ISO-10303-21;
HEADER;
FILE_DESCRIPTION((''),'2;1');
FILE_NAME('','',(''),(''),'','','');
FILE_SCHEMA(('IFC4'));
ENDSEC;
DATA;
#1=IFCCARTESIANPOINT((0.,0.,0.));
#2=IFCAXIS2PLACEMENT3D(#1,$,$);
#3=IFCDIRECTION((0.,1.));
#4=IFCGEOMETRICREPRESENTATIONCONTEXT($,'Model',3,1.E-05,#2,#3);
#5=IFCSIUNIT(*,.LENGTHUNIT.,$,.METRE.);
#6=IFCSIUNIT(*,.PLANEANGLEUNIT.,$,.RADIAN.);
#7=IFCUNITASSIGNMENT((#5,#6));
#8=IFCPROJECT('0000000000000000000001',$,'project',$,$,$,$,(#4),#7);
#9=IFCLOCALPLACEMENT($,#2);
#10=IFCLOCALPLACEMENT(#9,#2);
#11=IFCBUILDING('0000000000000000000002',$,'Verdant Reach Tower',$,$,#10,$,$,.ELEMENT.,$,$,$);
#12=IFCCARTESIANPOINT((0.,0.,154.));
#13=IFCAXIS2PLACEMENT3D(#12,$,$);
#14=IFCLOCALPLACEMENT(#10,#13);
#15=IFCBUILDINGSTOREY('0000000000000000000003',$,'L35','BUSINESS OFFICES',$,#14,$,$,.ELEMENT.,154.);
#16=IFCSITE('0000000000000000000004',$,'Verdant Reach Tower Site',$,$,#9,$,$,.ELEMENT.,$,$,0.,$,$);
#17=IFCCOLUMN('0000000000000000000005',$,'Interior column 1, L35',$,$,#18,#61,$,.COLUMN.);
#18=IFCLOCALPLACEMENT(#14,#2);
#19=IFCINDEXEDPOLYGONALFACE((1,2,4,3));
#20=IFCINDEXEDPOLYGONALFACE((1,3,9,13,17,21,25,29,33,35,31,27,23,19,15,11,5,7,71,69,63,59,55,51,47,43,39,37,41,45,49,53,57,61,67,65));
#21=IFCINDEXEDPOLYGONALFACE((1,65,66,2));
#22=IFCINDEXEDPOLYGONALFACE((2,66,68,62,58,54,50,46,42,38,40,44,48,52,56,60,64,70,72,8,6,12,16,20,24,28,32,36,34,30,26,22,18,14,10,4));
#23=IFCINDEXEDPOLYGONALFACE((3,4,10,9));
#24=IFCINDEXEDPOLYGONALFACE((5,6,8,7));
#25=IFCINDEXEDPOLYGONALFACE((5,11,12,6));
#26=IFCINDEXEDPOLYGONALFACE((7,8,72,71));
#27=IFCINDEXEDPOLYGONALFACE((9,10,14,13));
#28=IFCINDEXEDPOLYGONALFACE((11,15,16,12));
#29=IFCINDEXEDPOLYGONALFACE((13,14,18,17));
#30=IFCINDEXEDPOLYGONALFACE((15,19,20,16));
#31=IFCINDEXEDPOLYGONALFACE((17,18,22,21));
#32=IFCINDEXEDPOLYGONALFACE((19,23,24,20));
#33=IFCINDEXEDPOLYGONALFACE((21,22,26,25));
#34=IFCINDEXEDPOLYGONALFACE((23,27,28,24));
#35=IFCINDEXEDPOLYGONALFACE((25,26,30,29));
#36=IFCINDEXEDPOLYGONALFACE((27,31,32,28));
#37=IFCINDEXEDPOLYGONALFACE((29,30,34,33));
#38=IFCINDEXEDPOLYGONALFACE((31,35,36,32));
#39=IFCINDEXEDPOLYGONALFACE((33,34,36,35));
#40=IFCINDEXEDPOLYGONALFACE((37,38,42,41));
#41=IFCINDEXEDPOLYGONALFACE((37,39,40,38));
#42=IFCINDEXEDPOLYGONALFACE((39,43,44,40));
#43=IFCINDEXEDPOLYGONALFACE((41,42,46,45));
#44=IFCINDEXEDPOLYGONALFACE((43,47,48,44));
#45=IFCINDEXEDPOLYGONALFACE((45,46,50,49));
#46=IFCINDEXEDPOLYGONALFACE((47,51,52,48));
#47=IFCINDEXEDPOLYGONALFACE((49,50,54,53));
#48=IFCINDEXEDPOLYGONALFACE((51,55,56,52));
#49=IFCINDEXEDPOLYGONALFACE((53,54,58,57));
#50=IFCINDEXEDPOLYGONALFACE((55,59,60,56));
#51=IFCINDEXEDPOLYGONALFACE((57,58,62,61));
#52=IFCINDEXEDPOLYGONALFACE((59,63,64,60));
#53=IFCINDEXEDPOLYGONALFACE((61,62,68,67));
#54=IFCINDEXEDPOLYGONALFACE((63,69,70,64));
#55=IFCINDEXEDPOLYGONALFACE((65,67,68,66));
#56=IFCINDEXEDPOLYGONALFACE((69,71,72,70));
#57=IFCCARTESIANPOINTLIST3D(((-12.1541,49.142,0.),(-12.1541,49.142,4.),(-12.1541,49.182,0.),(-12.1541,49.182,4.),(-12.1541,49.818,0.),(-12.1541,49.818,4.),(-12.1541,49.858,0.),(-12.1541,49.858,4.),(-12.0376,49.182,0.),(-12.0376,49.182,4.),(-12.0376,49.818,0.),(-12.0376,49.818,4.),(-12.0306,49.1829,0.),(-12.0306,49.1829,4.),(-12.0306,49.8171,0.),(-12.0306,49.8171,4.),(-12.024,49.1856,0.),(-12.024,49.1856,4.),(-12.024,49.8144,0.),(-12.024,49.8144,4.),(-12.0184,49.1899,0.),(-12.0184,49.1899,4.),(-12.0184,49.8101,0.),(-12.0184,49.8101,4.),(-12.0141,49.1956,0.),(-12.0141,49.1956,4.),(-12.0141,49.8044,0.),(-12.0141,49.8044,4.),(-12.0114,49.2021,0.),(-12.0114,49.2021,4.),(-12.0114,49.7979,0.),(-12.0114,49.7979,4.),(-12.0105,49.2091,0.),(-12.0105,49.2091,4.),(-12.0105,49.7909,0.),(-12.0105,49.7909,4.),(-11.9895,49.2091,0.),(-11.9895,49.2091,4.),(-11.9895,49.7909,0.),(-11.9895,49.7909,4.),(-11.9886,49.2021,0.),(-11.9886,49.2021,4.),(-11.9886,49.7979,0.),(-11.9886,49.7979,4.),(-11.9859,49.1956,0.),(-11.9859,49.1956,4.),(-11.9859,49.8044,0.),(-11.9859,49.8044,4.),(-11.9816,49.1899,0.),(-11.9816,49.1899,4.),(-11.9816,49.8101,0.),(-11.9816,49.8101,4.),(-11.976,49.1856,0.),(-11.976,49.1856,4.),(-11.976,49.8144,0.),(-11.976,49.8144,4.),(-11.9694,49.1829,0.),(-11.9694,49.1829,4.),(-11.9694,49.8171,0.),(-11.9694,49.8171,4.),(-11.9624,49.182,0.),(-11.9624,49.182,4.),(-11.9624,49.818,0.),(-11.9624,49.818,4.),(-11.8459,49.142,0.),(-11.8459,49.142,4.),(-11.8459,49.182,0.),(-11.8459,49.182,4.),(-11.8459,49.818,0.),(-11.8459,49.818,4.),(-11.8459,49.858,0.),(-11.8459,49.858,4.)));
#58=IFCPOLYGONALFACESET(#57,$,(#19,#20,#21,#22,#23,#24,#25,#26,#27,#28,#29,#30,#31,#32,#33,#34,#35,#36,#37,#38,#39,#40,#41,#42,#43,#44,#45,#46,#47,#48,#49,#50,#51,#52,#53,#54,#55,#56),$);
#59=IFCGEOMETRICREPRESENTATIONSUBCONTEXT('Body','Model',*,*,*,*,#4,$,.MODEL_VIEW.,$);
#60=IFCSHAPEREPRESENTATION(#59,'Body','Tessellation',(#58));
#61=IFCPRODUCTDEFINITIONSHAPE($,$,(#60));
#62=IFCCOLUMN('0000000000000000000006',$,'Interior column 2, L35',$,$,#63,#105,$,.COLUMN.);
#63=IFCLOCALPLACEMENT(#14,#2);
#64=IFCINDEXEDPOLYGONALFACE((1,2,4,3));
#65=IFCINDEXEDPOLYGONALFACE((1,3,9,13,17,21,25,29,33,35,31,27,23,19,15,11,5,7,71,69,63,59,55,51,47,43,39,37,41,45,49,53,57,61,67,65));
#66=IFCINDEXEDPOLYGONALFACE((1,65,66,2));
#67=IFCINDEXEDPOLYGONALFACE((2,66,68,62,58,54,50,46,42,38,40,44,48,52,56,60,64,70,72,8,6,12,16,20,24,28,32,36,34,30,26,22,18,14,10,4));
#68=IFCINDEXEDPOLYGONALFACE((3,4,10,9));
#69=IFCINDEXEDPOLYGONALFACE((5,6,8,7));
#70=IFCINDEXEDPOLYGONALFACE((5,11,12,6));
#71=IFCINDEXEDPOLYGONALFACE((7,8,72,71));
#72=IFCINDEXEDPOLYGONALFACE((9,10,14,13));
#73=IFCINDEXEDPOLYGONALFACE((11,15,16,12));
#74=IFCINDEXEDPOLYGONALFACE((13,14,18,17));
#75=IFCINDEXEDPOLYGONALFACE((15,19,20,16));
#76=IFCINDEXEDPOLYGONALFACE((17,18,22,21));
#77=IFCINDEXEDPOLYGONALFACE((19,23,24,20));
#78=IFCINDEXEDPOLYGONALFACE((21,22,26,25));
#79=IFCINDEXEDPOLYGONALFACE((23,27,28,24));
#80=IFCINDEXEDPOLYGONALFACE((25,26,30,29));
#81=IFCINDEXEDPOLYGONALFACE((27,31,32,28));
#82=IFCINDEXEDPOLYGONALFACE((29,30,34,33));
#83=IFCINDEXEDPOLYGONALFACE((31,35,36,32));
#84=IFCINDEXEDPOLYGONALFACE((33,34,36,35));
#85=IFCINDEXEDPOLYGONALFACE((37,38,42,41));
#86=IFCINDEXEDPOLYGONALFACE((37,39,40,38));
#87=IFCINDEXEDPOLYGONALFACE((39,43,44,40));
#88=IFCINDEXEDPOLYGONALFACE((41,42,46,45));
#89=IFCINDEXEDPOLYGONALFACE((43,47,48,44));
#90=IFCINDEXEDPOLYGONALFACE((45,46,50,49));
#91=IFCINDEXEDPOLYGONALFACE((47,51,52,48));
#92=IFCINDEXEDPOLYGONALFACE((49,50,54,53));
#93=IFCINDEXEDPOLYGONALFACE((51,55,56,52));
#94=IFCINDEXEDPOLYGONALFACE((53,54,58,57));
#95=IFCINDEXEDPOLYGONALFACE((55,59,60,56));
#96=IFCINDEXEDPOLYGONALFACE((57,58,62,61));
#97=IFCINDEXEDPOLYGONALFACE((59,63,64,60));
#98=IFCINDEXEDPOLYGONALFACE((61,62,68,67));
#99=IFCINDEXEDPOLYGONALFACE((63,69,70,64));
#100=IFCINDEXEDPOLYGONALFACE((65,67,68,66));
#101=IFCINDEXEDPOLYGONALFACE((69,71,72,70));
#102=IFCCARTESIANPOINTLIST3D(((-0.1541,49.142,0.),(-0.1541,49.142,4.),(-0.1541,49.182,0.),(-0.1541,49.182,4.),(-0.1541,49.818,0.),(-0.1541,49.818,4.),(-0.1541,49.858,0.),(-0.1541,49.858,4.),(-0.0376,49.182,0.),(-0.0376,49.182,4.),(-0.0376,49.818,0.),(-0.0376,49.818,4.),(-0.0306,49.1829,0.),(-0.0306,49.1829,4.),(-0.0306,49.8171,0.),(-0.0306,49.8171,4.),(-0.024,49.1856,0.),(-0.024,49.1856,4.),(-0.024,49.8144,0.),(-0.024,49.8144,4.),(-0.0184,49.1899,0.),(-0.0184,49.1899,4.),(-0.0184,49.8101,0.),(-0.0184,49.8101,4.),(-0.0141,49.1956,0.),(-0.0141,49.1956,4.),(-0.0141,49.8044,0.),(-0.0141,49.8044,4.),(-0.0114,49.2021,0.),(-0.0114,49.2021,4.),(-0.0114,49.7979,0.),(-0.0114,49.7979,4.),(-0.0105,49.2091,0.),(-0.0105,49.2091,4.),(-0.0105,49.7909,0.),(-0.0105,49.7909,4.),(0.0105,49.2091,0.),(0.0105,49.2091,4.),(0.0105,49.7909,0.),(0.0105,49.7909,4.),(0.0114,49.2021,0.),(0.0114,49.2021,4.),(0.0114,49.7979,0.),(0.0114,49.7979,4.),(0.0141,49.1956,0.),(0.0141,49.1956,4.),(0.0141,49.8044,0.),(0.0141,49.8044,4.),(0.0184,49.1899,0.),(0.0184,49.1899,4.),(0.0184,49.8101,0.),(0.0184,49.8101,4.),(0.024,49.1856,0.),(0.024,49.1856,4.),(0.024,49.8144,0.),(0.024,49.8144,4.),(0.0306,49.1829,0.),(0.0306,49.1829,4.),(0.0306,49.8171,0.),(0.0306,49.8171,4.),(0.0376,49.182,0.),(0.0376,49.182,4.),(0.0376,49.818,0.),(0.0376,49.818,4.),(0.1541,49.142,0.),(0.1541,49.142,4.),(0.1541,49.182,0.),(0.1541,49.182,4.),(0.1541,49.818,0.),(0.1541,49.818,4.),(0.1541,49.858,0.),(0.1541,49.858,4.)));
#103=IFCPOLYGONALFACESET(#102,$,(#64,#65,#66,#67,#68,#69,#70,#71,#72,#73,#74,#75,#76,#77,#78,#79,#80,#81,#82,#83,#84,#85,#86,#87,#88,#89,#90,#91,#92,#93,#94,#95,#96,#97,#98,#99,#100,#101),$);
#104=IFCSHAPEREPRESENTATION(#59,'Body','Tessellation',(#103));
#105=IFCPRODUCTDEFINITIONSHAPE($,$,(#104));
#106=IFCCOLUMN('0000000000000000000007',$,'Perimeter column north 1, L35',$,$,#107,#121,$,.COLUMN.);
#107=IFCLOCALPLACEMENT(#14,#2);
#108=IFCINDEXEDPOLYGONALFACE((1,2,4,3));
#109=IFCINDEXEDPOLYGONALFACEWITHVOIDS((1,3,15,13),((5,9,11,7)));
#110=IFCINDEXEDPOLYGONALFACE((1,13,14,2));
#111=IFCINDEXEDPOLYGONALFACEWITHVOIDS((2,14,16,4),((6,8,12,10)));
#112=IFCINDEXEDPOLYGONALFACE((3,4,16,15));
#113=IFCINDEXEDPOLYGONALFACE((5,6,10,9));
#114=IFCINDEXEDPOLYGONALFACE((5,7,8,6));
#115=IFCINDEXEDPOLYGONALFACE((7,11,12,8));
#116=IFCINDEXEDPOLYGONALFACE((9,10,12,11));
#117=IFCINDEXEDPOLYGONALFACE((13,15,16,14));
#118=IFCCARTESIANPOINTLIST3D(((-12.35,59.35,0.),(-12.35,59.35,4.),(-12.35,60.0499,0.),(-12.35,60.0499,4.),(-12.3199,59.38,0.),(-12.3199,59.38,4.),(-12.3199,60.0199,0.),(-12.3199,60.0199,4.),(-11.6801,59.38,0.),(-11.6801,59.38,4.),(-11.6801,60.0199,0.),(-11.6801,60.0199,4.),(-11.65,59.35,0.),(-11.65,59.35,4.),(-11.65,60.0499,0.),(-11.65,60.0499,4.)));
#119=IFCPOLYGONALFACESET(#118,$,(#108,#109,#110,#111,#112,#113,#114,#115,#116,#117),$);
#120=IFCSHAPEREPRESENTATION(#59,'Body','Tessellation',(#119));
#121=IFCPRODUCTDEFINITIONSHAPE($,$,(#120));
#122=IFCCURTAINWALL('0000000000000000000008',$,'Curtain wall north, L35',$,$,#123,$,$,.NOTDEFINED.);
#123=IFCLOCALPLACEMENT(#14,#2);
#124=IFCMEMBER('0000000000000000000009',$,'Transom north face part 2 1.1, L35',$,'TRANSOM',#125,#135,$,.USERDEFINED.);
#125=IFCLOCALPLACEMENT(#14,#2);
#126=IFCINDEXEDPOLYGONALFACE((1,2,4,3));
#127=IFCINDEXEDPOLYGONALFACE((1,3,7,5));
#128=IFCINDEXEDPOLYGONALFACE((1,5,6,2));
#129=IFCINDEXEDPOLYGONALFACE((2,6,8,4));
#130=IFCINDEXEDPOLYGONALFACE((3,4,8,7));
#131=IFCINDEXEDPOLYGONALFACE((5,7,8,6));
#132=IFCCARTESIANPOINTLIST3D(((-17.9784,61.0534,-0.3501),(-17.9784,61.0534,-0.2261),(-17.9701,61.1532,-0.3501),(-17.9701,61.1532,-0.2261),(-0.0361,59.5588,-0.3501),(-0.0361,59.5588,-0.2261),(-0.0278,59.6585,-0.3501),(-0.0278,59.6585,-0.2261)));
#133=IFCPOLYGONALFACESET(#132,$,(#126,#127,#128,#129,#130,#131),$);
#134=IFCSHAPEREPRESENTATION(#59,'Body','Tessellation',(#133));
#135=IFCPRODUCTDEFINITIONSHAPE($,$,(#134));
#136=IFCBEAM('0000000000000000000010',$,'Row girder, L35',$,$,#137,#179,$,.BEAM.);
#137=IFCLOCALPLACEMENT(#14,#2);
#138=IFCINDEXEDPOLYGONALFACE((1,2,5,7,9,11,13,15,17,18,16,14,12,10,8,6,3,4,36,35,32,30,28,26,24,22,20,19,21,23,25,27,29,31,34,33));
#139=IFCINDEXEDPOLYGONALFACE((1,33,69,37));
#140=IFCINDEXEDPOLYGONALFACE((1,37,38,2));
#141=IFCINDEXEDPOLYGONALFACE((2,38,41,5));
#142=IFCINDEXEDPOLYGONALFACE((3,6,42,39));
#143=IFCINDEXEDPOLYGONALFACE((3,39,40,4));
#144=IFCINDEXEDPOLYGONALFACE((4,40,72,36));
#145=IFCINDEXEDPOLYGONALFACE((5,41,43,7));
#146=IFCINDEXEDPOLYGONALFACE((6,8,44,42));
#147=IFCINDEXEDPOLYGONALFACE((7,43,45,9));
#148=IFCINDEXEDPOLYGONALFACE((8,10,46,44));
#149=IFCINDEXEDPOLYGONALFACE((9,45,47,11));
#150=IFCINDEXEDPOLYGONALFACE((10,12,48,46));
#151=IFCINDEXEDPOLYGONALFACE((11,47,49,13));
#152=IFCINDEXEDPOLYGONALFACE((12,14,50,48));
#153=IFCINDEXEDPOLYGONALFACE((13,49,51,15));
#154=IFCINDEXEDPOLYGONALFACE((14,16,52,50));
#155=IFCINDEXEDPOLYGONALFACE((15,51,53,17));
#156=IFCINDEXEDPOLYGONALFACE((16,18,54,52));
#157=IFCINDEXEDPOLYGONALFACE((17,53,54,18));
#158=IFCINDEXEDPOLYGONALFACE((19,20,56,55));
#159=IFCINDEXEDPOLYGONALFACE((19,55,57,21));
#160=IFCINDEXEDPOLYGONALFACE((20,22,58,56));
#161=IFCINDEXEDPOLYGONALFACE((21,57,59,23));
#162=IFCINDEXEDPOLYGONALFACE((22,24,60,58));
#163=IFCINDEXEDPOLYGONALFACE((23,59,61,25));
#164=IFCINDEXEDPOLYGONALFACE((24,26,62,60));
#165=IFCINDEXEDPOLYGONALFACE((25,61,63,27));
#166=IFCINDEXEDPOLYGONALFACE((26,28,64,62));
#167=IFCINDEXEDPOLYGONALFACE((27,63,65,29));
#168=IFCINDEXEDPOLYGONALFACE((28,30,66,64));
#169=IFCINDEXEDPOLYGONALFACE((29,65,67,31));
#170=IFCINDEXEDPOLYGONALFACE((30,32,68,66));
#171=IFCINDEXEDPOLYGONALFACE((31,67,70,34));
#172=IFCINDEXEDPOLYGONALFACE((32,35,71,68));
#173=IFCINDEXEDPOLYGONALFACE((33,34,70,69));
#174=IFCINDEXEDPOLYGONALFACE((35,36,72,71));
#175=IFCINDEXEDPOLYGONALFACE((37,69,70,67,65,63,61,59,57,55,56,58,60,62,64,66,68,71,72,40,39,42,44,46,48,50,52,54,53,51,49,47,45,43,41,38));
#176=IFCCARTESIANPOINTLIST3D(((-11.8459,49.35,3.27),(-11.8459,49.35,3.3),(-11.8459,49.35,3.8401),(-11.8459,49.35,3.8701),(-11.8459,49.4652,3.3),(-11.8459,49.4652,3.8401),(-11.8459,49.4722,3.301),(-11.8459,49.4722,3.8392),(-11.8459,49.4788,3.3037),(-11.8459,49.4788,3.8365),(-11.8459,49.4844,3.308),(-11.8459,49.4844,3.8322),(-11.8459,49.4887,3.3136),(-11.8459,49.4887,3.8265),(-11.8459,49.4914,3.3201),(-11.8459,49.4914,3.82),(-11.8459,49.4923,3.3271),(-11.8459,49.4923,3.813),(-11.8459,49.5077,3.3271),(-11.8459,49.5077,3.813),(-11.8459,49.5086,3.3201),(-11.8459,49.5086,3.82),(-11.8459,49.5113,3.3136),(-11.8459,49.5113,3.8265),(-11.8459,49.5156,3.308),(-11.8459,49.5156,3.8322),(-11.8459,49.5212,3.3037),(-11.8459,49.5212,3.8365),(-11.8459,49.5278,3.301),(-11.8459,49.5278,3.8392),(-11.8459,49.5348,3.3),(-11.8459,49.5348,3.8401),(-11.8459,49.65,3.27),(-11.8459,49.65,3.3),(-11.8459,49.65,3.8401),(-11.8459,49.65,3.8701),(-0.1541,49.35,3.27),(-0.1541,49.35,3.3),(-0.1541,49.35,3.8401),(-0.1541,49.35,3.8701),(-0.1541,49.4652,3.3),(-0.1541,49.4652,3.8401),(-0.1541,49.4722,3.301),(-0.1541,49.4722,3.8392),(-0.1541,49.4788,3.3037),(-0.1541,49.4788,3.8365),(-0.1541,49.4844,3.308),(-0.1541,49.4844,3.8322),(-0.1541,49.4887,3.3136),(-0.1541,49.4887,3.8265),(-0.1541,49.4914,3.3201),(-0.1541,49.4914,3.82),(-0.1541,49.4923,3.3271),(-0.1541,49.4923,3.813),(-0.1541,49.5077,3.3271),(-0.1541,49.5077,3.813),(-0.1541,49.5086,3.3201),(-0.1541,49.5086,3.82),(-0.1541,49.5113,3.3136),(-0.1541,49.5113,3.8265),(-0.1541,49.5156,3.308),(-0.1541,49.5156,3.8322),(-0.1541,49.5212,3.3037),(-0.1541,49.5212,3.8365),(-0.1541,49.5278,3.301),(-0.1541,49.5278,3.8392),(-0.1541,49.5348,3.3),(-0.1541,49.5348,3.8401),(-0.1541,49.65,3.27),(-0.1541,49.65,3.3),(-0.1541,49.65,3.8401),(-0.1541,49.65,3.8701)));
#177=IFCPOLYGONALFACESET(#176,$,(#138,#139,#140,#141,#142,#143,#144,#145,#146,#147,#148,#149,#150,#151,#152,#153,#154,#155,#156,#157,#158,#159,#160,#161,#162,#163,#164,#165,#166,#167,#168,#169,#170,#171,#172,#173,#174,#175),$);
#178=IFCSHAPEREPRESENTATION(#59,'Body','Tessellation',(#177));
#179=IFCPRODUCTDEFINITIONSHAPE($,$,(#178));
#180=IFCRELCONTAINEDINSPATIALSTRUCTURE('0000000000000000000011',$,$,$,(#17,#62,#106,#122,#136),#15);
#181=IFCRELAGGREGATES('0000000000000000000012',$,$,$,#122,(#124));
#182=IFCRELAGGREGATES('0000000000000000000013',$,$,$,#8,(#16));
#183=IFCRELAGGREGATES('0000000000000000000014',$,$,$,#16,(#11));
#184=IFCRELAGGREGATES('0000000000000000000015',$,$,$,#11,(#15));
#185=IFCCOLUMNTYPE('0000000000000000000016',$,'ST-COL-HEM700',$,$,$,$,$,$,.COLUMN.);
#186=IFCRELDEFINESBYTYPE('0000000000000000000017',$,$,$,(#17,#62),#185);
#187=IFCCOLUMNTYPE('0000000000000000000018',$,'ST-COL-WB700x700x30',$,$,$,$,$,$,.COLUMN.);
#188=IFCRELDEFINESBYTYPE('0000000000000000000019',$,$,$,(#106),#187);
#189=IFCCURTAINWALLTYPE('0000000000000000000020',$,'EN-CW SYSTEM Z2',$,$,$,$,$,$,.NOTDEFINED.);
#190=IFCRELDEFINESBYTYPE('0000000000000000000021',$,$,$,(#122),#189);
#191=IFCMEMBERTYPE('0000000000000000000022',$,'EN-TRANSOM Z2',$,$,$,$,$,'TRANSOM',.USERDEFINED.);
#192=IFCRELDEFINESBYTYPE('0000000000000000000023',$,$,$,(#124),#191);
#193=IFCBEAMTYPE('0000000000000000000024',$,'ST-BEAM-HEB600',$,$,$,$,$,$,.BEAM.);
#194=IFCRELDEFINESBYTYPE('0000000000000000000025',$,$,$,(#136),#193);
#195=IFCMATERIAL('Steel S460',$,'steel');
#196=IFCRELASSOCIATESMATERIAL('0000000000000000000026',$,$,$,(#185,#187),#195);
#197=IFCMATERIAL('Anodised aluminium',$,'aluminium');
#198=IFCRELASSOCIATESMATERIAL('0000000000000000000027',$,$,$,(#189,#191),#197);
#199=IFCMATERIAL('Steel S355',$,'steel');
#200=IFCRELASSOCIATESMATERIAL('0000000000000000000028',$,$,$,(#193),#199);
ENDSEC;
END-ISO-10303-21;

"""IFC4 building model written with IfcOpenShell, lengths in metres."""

from ifc_helpers import new_model, si_unit, direction, frame, origin, origin_2d, place, context, subcontext, project, spatial, rectangle, hollow_rectangle, i_section, extrude, material, material_profile, profile_set, type_object, element, aggregate, save


model = new_model("IFC4")

# Units and contexts
model_context = context("Model", 3, precision=1e-05, world=origin(), true_north=direction((0.0, 1.0)))
body_context = subcontext(model_context, "Body", "Model", "MODEL_VIEW")
ifc_project = project(units=[si_unit("LENGTHUNIT", "METRE"), si_unit("PLANEANGLEUNIT", "RADIAN")], contexts=[model_context])

# Site, building, storey
site_placement = place(None, origin())
site = spatial("IfcSite", under=ifc_project, at=site_placement, Name="Verdant Reach Tower Site", CompositionType="ELEMENT", RefElevation=0.0)
building_placement = place(site_placement, origin())
building = spatial("IfcBuilding", under=site, at=building_placement, Name="Verdant Reach Tower", CompositionType="ELEMENT")
storey_placement = place(building_placement, frame((0.0, 0.0, 154.0)))
storey = spatial("IfcBuildingStorey", under=building, at=storey_placement, Name="L35", Description="BUSINESS OFFICES", CompositionType="ELEMENT", Elevation=154.0)

# Columns
ifc_material_1 = material(Name="Steel S460", Category="steel")
ifc_material_profile_1 = material_profile(ifc_material_1, i_section(OverallWidth=0.3081, OverallDepth=0.7161, WebThickness=0.021, FlangeThickness=0.04, FilletRadius=0.0271, at=origin_2d()), Name="HEM 700")
ifc_profile_set_1 = profile_set([ifc_material_profile_1], Name="Steel S460")
column_type_1 = type_object("IfcColumnType", Name="ST-COL-HEM700", PredefinedType="COLUMN", material=ifc_profile_set_1)
for number, where, z_axis, x_axis, name in (
    (1, (-12.0, 49.5, 0.0), (0.0, 0.0, 1.0), (1.0, 0.0, 0.0), "Interior column 1, L35"),
    (2, (0.0, 49.5, 0.0), (0.0, 0.0, 1.0), (1.0, 0.0, 0.0), "Interior column 2, L35"),
):
    element("IfcColumn", number, at=place(storey_placement, frame(where, z_axis=z_axis, x_axis=x_axis)), inside=storey, type_object=column_type_1, Name=name, PredefinedType="COLUMN", context=body_context, shape_type="SweptSolid", body=[
        extrude(i_section(OverallWidth=0.3081, OverallDepth=0.7161, WebThickness=0.021, FlangeThickness=0.04, FilletRadius=0.0271, at=origin_2d()), origin(), (0.0, 0.0, 1.0), 4.0),
    ])
ifc_material_profile_2 = material_profile(ifc_material_1, hollow_rectangle(XDim=0.7, YDim=0.7, WallThickness=0.03, at=origin_2d()), Name="WB 700x700x30")
ifc_profile_set_2 = profile_set([ifc_material_profile_2], Name="Steel S460")
column_type_2 = type_object("IfcColumnType", Name="ST-COL-WB700x700x30", PredefinedType="COLUMN", material=ifc_profile_set_2)
column_placement = place(storey_placement, frame((-12.0, 59.7, 0.0), z_axis=(0.0, 0.0, 1.0), x_axis=(1.0, 0.0, 0.0)))
element("IfcColumn", 3, at=column_placement, inside=storey, type_object=column_type_2, Name="Perimeter column north 1, L35", PredefinedType="COLUMN", context=body_context, shape_type="SweptSolid", body=[
    extrude(hollow_rectangle(XDim=0.7, YDim=0.7, WallThickness=0.03, at=origin_2d()), origin(), (0.0, 0.0, 1.0), 4.0),
])

# Curtain wall, member
ifc_material_2 = material(Name="Anodised aluminium", Category="aluminium")
curtain_wall_type = type_object("IfcCurtainWallType", Name="EN-CW SYSTEM Z2", PredefinedType="NOTDEFINED", material=ifc_material_2)
curtain_wall_placement = place(storey_placement, origin())
curtain_wall = element("IfcCurtainWall", 4, at=curtain_wall_placement, inside=storey, type_object=curtain_wall_type, Name="Curtain wall north, L35", PredefinedType="NOTDEFINED")
ifc_material_profile_3 = material_profile(ifc_material_2, rectangle(XDim=0.1001, YDim=0.124, at=origin_2d()), Name="Transom 124x100")
ifc_profile_set_3 = profile_set([ifc_material_profile_3], Name="Anodised aluminium")
member_type = type_object("IfcMemberType", Name="EN-TRANSOM Z2", ElementType="TRANSOM", PredefinedType="USERDEFINED", material=ifc_profile_set_3)
member_placement = place(storey_placement, frame((-0.032, 59.6086, -0.2881), z_axis=(-0.996548, 0.083015, 0.0), x_axis=(-0.083015, -0.996548, 0.0)))
member = element("IfcMember", 5, at=member_placement, type_object=member_type, Name="Transom north face part 2 1.1, L35", ObjectType="TRANSOM", PredefinedType="USERDEFINED", context=body_context, shape_type="SweptSolid", body=[
    extrude(rectangle(XDim=0.1001, YDim=0.124, at=origin_2d()), origin(), (0.0, 0.0, 1.0), 18.0044),
])

# Beam
ifc_material_3 = material(Name="Steel S355", Category="steel")
ifc_material_profile_4 = material_profile(ifc_material_3, i_section(OverallWidth=0.3, OverallDepth=0.6001, WebThickness=0.0154, FlangeThickness=0.03, FilletRadius=0.0271, at=origin_2d()), Name="HEB 600")
ifc_profile_set_4 = profile_set([ifc_material_profile_4], Name="Steel S355")
beam_type_1 = type_object("IfcBeamType", Name="ST-BEAM-HEB600", PredefinedType="BEAM", material=ifc_profile_set_4)
beam_1_placement = place(storey_placement, frame((-11.8459, 49.5, 3.5701), z_axis=(1.0, 0.0, 0.0), x_axis=(0.0, 1.0, 0.0)))
element("IfcBeam", 6, at=beam_1_placement, inside=storey, type_object=beam_type_1, Name="Row girder, L35", PredefinedType="BEAM", context=body_context, shape_type="SweptSolid", body=[
    extrude(i_section(OverallWidth=0.3, OverallDepth=0.6001, WebThickness=0.0154, FlangeThickness=0.03, FilletRadius=0.0271, at=origin_2d()), origin(), (0.0, 0.0, 1.0), 11.6919),
])

aggregate(curtain_wall, [member])

save(model, "model.ifc")
